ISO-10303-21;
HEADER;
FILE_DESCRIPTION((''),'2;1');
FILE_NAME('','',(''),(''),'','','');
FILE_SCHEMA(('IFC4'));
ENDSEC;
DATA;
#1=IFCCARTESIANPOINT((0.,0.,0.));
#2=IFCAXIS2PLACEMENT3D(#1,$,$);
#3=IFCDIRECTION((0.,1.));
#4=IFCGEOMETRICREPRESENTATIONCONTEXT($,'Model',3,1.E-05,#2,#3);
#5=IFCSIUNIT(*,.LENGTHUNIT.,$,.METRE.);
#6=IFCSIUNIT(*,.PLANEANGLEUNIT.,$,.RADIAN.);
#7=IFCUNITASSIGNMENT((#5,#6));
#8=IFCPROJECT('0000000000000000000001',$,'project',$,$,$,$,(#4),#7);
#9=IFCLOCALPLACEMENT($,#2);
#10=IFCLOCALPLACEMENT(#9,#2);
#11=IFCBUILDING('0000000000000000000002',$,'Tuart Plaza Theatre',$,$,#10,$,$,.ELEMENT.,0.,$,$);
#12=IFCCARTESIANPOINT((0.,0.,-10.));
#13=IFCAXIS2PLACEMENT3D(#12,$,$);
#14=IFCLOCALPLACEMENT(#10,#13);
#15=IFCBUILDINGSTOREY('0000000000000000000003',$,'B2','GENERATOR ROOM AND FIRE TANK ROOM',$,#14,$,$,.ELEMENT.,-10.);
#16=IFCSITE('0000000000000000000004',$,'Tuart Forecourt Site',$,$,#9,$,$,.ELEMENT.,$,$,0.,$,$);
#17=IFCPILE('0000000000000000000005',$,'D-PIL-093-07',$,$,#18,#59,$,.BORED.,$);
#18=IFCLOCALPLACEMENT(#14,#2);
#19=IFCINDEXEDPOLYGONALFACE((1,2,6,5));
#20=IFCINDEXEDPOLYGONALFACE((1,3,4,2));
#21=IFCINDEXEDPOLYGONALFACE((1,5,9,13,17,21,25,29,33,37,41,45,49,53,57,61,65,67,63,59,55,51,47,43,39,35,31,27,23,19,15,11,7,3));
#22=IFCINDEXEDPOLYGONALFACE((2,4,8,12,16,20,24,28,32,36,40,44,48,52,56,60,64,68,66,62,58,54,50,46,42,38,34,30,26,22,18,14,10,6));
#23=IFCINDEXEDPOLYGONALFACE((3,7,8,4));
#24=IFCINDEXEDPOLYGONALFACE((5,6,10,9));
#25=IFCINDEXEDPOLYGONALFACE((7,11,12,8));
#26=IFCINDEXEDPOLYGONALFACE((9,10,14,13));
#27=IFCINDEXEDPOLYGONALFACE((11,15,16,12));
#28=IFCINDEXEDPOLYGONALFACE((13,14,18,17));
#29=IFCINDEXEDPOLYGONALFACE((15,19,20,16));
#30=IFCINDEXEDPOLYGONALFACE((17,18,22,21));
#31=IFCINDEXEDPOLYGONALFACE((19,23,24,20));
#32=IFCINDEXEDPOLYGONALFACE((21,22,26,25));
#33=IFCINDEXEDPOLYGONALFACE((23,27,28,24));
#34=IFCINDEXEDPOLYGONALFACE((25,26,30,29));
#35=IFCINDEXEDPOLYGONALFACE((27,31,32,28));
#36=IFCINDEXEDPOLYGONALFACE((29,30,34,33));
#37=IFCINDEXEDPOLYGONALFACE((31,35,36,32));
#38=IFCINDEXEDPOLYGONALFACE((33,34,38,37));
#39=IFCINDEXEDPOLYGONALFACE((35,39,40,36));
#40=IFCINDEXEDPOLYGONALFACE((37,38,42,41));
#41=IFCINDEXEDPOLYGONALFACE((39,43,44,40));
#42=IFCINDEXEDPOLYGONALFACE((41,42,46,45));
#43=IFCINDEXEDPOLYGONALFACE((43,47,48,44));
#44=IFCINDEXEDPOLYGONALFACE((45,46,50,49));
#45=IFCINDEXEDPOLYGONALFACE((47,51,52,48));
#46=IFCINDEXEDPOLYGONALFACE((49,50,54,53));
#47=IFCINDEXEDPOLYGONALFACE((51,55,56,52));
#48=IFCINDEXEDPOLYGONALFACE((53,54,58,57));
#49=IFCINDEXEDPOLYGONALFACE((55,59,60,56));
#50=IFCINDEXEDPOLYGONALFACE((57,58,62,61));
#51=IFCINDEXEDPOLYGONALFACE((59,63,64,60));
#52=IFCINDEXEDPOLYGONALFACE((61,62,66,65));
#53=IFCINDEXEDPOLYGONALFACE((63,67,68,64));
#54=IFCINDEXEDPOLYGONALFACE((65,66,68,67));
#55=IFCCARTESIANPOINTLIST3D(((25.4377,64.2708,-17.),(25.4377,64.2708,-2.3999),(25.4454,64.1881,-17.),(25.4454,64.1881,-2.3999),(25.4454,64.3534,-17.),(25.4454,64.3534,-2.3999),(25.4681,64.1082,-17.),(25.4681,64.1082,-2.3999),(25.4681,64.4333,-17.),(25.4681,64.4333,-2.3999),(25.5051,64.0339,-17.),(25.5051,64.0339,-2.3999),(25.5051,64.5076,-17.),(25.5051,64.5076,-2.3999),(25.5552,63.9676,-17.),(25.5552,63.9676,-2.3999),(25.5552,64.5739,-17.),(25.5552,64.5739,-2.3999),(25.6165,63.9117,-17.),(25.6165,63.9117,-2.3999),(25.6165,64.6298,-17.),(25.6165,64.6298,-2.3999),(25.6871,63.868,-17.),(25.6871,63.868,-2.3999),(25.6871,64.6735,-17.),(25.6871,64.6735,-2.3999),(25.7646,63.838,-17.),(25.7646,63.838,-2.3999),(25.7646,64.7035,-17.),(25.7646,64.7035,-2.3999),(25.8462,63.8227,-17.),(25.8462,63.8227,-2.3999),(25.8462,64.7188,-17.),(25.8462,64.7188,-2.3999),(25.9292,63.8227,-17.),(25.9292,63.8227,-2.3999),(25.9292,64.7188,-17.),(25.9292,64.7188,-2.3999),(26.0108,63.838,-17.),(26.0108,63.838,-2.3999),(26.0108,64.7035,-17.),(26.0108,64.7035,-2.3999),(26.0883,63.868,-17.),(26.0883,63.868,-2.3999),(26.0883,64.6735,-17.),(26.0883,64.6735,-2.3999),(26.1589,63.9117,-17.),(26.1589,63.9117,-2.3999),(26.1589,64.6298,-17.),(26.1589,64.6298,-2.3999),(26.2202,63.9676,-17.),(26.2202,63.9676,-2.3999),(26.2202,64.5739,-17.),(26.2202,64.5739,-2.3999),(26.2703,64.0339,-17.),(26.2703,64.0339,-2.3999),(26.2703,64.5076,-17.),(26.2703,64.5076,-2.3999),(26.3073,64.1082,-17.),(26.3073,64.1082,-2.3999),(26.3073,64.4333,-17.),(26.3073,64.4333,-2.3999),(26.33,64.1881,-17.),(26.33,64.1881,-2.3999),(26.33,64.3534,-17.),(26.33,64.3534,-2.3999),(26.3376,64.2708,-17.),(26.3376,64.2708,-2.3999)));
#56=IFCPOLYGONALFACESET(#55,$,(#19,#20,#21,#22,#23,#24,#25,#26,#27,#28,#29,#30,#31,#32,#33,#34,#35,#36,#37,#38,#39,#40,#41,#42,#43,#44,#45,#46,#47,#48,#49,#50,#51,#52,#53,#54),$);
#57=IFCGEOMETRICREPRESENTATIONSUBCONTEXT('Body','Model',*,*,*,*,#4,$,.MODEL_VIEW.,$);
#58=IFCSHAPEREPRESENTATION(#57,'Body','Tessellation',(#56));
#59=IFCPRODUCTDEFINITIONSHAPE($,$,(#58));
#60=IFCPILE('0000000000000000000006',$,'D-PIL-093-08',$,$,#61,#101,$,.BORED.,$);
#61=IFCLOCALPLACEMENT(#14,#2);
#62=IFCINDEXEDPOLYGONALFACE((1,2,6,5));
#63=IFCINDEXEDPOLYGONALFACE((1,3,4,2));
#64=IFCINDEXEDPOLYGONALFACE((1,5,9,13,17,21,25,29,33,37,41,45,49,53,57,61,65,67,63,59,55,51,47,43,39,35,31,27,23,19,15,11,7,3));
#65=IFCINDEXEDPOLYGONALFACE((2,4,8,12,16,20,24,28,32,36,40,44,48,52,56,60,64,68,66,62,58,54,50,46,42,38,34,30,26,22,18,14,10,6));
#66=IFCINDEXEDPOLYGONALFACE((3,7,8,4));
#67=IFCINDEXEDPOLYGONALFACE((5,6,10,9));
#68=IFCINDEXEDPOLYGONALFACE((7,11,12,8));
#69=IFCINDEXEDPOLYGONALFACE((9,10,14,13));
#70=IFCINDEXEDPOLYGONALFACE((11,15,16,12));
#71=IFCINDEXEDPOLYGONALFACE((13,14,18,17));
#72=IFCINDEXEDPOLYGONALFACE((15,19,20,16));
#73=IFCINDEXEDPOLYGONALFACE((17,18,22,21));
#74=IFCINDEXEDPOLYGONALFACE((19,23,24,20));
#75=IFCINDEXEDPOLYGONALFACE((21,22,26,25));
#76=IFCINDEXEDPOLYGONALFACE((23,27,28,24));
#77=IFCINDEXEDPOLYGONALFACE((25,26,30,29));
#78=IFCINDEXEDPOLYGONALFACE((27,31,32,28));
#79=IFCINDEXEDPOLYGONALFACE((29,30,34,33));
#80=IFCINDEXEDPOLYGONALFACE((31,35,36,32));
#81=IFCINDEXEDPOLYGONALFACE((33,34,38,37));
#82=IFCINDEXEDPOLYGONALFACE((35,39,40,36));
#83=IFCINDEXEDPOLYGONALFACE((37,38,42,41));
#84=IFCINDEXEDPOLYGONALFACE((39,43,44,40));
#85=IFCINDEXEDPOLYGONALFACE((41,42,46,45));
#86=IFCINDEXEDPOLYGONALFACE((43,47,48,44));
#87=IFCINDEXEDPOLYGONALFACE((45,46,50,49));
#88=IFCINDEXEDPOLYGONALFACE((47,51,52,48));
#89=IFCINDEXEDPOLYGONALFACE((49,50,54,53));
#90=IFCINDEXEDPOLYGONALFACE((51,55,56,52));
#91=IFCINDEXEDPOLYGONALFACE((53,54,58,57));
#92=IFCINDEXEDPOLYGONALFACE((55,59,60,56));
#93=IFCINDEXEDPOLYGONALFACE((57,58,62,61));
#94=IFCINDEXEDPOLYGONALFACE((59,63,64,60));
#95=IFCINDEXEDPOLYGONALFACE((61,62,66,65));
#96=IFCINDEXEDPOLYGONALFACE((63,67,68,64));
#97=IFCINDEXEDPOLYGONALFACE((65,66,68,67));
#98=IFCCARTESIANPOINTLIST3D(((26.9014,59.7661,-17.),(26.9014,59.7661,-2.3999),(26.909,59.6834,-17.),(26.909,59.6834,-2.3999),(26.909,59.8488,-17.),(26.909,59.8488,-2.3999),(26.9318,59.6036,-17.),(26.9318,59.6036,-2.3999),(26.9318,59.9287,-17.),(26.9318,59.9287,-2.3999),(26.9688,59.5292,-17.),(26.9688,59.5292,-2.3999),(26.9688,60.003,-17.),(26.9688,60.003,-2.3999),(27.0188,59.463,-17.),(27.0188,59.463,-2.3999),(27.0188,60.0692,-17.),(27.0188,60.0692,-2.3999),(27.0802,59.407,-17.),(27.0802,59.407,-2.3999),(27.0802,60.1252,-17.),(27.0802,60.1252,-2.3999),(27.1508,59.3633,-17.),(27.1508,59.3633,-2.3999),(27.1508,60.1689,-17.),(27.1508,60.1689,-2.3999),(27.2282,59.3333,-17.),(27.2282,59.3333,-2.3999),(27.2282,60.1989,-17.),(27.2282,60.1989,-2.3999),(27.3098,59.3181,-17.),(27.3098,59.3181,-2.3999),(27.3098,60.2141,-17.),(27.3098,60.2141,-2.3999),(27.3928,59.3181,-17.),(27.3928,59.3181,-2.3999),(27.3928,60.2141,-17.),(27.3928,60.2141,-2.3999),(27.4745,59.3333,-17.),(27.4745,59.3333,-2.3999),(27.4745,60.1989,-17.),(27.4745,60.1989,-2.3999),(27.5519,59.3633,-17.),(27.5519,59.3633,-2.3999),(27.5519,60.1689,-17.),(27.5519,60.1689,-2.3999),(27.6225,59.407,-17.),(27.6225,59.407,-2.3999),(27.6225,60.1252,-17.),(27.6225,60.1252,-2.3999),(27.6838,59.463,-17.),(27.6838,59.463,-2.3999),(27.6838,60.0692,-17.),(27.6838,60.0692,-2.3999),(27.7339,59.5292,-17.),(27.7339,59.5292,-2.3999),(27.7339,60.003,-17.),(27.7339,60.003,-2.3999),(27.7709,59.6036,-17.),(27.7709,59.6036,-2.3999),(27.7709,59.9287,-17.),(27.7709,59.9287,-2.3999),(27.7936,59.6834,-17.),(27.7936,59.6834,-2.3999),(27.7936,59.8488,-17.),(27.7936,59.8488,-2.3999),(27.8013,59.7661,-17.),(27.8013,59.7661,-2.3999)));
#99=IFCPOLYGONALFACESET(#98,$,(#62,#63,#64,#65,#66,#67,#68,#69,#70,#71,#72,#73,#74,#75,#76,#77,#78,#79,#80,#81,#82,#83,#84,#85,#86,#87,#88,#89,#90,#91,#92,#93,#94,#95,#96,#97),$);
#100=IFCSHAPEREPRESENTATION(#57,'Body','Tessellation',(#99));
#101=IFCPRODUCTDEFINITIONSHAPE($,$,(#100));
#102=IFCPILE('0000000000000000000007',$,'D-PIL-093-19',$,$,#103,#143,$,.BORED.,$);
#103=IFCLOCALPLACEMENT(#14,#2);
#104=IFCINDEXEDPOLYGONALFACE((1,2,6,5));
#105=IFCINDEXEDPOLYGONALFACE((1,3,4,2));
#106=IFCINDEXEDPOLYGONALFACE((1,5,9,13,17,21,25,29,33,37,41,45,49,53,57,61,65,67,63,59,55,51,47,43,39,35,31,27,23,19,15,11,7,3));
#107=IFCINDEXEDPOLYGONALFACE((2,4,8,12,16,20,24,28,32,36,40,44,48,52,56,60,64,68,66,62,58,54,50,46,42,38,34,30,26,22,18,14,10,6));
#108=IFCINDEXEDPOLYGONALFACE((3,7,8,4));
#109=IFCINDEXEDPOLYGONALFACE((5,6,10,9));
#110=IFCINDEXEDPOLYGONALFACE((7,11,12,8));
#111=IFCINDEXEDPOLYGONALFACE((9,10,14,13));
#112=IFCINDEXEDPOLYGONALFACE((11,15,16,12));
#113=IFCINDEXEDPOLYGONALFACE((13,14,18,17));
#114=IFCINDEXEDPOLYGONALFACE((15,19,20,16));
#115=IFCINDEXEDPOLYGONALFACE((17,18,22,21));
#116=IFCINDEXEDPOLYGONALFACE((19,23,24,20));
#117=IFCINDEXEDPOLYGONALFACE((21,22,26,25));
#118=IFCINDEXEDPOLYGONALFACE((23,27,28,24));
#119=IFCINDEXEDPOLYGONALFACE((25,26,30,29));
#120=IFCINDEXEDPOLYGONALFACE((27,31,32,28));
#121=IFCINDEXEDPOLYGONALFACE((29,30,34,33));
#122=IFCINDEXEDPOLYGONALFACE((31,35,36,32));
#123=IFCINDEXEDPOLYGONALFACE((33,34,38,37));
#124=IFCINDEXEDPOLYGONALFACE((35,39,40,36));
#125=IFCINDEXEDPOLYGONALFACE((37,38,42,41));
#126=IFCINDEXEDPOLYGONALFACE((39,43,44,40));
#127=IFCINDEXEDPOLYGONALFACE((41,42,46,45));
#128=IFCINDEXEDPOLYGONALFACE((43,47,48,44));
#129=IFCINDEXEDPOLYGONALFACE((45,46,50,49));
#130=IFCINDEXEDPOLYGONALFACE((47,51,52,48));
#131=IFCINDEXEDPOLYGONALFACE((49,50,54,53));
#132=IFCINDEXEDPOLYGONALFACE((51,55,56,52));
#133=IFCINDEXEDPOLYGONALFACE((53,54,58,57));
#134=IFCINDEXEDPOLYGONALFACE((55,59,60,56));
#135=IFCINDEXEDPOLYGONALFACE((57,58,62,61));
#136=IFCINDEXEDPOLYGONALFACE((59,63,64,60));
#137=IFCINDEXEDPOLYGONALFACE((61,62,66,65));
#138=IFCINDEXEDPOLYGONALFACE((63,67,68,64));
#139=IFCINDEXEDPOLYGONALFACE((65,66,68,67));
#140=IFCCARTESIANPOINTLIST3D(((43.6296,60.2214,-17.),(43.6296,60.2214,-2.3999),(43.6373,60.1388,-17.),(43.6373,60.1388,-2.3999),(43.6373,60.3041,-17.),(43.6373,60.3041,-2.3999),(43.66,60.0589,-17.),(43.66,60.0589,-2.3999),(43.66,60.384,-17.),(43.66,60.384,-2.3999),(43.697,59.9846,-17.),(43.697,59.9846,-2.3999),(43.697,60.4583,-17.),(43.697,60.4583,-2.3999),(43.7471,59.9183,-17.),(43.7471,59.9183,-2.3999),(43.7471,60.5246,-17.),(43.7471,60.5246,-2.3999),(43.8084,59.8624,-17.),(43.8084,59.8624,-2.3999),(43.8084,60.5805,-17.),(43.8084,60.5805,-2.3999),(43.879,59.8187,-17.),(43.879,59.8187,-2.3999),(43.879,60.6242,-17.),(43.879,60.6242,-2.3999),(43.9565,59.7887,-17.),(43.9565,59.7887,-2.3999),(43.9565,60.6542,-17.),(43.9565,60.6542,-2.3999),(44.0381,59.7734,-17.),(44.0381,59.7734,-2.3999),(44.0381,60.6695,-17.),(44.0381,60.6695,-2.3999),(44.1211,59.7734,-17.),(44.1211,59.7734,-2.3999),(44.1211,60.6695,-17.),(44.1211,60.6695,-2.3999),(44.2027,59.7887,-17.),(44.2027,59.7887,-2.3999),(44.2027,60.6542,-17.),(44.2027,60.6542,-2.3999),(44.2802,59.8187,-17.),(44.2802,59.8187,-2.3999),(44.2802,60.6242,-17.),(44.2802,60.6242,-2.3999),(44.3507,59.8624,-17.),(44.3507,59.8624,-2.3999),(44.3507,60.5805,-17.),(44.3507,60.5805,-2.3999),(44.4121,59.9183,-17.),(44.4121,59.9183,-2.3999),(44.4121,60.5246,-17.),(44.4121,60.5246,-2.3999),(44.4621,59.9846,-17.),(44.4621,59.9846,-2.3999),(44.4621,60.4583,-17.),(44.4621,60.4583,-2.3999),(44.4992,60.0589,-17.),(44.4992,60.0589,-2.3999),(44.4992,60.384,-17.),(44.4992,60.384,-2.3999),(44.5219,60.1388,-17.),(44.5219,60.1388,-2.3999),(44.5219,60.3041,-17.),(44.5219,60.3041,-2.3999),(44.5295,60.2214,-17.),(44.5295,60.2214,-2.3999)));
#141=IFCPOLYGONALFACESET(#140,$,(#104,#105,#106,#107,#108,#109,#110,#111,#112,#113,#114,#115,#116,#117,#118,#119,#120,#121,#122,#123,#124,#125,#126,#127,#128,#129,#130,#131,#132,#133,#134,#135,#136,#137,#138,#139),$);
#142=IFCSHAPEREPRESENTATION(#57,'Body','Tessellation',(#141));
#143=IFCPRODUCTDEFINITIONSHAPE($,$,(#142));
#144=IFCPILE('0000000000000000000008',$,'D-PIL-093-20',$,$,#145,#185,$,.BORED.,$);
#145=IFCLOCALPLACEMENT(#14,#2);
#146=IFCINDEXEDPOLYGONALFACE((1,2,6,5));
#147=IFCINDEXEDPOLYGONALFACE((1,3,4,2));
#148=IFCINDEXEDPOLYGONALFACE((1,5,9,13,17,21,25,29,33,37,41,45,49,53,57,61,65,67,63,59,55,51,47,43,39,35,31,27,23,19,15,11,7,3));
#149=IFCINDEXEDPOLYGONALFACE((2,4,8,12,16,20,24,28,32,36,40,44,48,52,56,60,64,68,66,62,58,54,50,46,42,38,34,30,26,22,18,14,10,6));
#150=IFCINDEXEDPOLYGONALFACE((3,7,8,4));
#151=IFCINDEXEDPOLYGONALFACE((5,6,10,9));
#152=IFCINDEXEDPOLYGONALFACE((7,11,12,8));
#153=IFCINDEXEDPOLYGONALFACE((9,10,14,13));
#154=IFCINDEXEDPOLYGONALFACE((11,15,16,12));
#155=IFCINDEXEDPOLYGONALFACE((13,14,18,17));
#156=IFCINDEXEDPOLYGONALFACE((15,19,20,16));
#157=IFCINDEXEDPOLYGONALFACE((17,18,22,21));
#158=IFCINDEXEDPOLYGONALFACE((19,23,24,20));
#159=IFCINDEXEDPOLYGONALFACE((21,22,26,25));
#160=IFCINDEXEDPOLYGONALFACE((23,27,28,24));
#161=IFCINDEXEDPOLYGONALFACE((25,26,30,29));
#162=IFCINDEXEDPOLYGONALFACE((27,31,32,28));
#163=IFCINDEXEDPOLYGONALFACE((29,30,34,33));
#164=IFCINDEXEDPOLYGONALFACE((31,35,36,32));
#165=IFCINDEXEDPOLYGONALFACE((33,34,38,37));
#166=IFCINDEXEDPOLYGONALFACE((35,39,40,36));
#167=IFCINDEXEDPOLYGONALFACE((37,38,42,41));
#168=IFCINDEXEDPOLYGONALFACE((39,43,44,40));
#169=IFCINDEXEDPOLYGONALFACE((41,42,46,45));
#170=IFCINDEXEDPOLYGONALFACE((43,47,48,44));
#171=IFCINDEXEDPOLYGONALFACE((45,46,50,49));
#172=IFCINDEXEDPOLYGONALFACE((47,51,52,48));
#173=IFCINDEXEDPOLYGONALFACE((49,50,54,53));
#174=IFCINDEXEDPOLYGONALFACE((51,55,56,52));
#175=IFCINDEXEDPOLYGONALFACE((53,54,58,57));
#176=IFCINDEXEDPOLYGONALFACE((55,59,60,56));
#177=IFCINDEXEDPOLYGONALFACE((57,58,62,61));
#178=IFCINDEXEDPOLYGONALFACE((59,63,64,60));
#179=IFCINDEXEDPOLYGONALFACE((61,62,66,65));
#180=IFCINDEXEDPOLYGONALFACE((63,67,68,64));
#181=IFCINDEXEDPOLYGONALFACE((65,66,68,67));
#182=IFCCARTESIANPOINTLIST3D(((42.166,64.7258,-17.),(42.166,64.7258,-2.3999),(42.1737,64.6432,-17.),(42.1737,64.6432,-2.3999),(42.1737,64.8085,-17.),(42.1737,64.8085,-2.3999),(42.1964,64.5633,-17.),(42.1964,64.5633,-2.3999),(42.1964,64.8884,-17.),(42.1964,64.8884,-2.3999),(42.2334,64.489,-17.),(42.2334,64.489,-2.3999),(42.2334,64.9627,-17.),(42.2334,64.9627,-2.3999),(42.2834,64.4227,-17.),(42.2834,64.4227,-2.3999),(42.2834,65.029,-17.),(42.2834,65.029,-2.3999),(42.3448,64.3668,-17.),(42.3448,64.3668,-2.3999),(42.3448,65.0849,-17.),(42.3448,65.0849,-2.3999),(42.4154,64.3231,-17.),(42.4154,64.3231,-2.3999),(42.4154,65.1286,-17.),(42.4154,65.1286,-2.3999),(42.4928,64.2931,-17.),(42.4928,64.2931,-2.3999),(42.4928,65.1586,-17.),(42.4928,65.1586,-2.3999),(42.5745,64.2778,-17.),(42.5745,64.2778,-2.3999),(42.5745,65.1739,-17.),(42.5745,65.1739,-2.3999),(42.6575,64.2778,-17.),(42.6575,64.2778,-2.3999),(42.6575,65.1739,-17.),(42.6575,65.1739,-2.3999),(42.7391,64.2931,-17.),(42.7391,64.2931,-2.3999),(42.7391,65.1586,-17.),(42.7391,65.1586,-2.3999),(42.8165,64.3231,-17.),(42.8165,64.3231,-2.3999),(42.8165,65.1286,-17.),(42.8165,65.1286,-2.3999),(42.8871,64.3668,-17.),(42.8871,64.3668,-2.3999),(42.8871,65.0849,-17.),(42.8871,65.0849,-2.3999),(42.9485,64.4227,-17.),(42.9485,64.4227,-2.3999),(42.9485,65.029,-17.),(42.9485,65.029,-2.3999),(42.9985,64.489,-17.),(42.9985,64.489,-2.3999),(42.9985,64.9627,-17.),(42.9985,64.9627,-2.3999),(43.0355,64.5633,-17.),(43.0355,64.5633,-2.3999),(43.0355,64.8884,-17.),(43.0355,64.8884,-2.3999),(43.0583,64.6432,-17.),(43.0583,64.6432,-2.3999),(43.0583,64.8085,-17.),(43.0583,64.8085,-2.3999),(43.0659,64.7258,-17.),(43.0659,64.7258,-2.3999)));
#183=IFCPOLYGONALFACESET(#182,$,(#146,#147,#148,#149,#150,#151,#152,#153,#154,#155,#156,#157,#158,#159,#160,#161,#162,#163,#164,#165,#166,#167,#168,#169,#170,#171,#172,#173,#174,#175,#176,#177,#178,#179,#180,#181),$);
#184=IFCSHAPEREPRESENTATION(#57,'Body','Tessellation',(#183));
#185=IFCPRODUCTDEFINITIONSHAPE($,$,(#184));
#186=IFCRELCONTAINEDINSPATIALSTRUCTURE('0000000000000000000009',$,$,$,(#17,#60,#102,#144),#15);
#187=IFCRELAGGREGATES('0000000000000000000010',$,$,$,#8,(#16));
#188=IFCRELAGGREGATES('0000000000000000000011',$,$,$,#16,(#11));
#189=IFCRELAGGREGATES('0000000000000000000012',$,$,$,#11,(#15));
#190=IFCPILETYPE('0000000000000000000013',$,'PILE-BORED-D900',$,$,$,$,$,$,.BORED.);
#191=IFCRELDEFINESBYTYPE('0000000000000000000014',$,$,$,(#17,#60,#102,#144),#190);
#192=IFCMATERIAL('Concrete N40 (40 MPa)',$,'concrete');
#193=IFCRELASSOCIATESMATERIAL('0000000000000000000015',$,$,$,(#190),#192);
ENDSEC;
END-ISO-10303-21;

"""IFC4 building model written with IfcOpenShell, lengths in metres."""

from ifc_helpers import new_model, si_unit, direction, frame, origin, origin_2d, place, context, subcontext, project, spatial, circle, extrude, material, material_profile, profile_set, type_object, element, save


model = new_model("IFC4")

# Units and contexts
model_context = context("Model", 3, precision=1e-05, world=origin(), true_north=direction((0.0, 1.0)))
body_context = subcontext(model_context, "Body", "Model", "MODEL_VIEW")
ifc_project = project(units=[si_unit("LENGTHUNIT", "METRE"), si_unit("PLANEANGLEUNIT", "RADIAN")], contexts=[model_context])

# Site, building, storey
site_placement = place(None, origin())
site = spatial("IfcSite", under=ifc_project, at=site_placement, Name="Tuart Forecourt Site", CompositionType="ELEMENT", RefElevation=0.0)
building_placement = place(site_placement, origin())
building = spatial("IfcBuilding", under=site, at=building_placement, Name="Tuart Plaza Theatre", CompositionType="ELEMENT", ElevationOfRefHeight=0.0)
storey_placement = place(building_placement, frame((0.0, 0.0, -10.0)))
storey = spatial("IfcBuildingStorey", under=building, at=storey_placement, Name="B2", Description="GENERATOR ROOM AND FIRE TANK ROOM", CompositionType="ELEMENT", Elevation=-10.0)

# Piles
ifc_material_1 = material(Name="Concrete N40 (40 MPa)", Category="concrete")
ifc_material_profile_1 = material_profile(ifc_material_1, circle(Radius=0.45, at=origin_2d()), Name="PILE-BORED-D900")
ifc_profile_set_1 = profile_set([ifc_material_profile_1], Name="Concrete N40 (40 MPa)")
pile_type_1 = type_object("IfcPileType", Name="PILE-BORED-D900", PredefinedType="BORED", material=ifc_profile_set_1)
for number, where, z_axis, x_axis, name in (
    (1, (25.8877, 64.2708, -2.3999), (0.0, 0.0, -1.0), (1.0, 0.0, 0.0), "D-PIL-093-07"),
    (2, (27.3513, 59.7661, -2.3999), (0.0, 0.0, -1.0), (1.0, 0.0, 0.0), "D-PIL-093-08"),
    (3, (44.0796, 60.2214, -2.3999), (0.0, 0.0, -1.0), (1.0, 0.0, 0.0), "D-PIL-093-19"),
    (4, (42.616, 64.7258, -2.3999), (0.0, 0.0, -1.0), (1.0, 0.0, 0.0), "D-PIL-093-20"),
):
    element("IfcPile", number, at=place(storey_placement, frame(where, z_axis=z_axis, x_axis=x_axis)), inside=storey, type_object=pile_type_1, Name=name, PredefinedType="BORED", context=body_context, shape_type="SweptSolid", body=[
        extrude(circle(Radius=0.45, at=origin_2d()), origin(), (0.0, 0.0, 1.0), 14.6001),
    ])

save(model, "model.ifc")
